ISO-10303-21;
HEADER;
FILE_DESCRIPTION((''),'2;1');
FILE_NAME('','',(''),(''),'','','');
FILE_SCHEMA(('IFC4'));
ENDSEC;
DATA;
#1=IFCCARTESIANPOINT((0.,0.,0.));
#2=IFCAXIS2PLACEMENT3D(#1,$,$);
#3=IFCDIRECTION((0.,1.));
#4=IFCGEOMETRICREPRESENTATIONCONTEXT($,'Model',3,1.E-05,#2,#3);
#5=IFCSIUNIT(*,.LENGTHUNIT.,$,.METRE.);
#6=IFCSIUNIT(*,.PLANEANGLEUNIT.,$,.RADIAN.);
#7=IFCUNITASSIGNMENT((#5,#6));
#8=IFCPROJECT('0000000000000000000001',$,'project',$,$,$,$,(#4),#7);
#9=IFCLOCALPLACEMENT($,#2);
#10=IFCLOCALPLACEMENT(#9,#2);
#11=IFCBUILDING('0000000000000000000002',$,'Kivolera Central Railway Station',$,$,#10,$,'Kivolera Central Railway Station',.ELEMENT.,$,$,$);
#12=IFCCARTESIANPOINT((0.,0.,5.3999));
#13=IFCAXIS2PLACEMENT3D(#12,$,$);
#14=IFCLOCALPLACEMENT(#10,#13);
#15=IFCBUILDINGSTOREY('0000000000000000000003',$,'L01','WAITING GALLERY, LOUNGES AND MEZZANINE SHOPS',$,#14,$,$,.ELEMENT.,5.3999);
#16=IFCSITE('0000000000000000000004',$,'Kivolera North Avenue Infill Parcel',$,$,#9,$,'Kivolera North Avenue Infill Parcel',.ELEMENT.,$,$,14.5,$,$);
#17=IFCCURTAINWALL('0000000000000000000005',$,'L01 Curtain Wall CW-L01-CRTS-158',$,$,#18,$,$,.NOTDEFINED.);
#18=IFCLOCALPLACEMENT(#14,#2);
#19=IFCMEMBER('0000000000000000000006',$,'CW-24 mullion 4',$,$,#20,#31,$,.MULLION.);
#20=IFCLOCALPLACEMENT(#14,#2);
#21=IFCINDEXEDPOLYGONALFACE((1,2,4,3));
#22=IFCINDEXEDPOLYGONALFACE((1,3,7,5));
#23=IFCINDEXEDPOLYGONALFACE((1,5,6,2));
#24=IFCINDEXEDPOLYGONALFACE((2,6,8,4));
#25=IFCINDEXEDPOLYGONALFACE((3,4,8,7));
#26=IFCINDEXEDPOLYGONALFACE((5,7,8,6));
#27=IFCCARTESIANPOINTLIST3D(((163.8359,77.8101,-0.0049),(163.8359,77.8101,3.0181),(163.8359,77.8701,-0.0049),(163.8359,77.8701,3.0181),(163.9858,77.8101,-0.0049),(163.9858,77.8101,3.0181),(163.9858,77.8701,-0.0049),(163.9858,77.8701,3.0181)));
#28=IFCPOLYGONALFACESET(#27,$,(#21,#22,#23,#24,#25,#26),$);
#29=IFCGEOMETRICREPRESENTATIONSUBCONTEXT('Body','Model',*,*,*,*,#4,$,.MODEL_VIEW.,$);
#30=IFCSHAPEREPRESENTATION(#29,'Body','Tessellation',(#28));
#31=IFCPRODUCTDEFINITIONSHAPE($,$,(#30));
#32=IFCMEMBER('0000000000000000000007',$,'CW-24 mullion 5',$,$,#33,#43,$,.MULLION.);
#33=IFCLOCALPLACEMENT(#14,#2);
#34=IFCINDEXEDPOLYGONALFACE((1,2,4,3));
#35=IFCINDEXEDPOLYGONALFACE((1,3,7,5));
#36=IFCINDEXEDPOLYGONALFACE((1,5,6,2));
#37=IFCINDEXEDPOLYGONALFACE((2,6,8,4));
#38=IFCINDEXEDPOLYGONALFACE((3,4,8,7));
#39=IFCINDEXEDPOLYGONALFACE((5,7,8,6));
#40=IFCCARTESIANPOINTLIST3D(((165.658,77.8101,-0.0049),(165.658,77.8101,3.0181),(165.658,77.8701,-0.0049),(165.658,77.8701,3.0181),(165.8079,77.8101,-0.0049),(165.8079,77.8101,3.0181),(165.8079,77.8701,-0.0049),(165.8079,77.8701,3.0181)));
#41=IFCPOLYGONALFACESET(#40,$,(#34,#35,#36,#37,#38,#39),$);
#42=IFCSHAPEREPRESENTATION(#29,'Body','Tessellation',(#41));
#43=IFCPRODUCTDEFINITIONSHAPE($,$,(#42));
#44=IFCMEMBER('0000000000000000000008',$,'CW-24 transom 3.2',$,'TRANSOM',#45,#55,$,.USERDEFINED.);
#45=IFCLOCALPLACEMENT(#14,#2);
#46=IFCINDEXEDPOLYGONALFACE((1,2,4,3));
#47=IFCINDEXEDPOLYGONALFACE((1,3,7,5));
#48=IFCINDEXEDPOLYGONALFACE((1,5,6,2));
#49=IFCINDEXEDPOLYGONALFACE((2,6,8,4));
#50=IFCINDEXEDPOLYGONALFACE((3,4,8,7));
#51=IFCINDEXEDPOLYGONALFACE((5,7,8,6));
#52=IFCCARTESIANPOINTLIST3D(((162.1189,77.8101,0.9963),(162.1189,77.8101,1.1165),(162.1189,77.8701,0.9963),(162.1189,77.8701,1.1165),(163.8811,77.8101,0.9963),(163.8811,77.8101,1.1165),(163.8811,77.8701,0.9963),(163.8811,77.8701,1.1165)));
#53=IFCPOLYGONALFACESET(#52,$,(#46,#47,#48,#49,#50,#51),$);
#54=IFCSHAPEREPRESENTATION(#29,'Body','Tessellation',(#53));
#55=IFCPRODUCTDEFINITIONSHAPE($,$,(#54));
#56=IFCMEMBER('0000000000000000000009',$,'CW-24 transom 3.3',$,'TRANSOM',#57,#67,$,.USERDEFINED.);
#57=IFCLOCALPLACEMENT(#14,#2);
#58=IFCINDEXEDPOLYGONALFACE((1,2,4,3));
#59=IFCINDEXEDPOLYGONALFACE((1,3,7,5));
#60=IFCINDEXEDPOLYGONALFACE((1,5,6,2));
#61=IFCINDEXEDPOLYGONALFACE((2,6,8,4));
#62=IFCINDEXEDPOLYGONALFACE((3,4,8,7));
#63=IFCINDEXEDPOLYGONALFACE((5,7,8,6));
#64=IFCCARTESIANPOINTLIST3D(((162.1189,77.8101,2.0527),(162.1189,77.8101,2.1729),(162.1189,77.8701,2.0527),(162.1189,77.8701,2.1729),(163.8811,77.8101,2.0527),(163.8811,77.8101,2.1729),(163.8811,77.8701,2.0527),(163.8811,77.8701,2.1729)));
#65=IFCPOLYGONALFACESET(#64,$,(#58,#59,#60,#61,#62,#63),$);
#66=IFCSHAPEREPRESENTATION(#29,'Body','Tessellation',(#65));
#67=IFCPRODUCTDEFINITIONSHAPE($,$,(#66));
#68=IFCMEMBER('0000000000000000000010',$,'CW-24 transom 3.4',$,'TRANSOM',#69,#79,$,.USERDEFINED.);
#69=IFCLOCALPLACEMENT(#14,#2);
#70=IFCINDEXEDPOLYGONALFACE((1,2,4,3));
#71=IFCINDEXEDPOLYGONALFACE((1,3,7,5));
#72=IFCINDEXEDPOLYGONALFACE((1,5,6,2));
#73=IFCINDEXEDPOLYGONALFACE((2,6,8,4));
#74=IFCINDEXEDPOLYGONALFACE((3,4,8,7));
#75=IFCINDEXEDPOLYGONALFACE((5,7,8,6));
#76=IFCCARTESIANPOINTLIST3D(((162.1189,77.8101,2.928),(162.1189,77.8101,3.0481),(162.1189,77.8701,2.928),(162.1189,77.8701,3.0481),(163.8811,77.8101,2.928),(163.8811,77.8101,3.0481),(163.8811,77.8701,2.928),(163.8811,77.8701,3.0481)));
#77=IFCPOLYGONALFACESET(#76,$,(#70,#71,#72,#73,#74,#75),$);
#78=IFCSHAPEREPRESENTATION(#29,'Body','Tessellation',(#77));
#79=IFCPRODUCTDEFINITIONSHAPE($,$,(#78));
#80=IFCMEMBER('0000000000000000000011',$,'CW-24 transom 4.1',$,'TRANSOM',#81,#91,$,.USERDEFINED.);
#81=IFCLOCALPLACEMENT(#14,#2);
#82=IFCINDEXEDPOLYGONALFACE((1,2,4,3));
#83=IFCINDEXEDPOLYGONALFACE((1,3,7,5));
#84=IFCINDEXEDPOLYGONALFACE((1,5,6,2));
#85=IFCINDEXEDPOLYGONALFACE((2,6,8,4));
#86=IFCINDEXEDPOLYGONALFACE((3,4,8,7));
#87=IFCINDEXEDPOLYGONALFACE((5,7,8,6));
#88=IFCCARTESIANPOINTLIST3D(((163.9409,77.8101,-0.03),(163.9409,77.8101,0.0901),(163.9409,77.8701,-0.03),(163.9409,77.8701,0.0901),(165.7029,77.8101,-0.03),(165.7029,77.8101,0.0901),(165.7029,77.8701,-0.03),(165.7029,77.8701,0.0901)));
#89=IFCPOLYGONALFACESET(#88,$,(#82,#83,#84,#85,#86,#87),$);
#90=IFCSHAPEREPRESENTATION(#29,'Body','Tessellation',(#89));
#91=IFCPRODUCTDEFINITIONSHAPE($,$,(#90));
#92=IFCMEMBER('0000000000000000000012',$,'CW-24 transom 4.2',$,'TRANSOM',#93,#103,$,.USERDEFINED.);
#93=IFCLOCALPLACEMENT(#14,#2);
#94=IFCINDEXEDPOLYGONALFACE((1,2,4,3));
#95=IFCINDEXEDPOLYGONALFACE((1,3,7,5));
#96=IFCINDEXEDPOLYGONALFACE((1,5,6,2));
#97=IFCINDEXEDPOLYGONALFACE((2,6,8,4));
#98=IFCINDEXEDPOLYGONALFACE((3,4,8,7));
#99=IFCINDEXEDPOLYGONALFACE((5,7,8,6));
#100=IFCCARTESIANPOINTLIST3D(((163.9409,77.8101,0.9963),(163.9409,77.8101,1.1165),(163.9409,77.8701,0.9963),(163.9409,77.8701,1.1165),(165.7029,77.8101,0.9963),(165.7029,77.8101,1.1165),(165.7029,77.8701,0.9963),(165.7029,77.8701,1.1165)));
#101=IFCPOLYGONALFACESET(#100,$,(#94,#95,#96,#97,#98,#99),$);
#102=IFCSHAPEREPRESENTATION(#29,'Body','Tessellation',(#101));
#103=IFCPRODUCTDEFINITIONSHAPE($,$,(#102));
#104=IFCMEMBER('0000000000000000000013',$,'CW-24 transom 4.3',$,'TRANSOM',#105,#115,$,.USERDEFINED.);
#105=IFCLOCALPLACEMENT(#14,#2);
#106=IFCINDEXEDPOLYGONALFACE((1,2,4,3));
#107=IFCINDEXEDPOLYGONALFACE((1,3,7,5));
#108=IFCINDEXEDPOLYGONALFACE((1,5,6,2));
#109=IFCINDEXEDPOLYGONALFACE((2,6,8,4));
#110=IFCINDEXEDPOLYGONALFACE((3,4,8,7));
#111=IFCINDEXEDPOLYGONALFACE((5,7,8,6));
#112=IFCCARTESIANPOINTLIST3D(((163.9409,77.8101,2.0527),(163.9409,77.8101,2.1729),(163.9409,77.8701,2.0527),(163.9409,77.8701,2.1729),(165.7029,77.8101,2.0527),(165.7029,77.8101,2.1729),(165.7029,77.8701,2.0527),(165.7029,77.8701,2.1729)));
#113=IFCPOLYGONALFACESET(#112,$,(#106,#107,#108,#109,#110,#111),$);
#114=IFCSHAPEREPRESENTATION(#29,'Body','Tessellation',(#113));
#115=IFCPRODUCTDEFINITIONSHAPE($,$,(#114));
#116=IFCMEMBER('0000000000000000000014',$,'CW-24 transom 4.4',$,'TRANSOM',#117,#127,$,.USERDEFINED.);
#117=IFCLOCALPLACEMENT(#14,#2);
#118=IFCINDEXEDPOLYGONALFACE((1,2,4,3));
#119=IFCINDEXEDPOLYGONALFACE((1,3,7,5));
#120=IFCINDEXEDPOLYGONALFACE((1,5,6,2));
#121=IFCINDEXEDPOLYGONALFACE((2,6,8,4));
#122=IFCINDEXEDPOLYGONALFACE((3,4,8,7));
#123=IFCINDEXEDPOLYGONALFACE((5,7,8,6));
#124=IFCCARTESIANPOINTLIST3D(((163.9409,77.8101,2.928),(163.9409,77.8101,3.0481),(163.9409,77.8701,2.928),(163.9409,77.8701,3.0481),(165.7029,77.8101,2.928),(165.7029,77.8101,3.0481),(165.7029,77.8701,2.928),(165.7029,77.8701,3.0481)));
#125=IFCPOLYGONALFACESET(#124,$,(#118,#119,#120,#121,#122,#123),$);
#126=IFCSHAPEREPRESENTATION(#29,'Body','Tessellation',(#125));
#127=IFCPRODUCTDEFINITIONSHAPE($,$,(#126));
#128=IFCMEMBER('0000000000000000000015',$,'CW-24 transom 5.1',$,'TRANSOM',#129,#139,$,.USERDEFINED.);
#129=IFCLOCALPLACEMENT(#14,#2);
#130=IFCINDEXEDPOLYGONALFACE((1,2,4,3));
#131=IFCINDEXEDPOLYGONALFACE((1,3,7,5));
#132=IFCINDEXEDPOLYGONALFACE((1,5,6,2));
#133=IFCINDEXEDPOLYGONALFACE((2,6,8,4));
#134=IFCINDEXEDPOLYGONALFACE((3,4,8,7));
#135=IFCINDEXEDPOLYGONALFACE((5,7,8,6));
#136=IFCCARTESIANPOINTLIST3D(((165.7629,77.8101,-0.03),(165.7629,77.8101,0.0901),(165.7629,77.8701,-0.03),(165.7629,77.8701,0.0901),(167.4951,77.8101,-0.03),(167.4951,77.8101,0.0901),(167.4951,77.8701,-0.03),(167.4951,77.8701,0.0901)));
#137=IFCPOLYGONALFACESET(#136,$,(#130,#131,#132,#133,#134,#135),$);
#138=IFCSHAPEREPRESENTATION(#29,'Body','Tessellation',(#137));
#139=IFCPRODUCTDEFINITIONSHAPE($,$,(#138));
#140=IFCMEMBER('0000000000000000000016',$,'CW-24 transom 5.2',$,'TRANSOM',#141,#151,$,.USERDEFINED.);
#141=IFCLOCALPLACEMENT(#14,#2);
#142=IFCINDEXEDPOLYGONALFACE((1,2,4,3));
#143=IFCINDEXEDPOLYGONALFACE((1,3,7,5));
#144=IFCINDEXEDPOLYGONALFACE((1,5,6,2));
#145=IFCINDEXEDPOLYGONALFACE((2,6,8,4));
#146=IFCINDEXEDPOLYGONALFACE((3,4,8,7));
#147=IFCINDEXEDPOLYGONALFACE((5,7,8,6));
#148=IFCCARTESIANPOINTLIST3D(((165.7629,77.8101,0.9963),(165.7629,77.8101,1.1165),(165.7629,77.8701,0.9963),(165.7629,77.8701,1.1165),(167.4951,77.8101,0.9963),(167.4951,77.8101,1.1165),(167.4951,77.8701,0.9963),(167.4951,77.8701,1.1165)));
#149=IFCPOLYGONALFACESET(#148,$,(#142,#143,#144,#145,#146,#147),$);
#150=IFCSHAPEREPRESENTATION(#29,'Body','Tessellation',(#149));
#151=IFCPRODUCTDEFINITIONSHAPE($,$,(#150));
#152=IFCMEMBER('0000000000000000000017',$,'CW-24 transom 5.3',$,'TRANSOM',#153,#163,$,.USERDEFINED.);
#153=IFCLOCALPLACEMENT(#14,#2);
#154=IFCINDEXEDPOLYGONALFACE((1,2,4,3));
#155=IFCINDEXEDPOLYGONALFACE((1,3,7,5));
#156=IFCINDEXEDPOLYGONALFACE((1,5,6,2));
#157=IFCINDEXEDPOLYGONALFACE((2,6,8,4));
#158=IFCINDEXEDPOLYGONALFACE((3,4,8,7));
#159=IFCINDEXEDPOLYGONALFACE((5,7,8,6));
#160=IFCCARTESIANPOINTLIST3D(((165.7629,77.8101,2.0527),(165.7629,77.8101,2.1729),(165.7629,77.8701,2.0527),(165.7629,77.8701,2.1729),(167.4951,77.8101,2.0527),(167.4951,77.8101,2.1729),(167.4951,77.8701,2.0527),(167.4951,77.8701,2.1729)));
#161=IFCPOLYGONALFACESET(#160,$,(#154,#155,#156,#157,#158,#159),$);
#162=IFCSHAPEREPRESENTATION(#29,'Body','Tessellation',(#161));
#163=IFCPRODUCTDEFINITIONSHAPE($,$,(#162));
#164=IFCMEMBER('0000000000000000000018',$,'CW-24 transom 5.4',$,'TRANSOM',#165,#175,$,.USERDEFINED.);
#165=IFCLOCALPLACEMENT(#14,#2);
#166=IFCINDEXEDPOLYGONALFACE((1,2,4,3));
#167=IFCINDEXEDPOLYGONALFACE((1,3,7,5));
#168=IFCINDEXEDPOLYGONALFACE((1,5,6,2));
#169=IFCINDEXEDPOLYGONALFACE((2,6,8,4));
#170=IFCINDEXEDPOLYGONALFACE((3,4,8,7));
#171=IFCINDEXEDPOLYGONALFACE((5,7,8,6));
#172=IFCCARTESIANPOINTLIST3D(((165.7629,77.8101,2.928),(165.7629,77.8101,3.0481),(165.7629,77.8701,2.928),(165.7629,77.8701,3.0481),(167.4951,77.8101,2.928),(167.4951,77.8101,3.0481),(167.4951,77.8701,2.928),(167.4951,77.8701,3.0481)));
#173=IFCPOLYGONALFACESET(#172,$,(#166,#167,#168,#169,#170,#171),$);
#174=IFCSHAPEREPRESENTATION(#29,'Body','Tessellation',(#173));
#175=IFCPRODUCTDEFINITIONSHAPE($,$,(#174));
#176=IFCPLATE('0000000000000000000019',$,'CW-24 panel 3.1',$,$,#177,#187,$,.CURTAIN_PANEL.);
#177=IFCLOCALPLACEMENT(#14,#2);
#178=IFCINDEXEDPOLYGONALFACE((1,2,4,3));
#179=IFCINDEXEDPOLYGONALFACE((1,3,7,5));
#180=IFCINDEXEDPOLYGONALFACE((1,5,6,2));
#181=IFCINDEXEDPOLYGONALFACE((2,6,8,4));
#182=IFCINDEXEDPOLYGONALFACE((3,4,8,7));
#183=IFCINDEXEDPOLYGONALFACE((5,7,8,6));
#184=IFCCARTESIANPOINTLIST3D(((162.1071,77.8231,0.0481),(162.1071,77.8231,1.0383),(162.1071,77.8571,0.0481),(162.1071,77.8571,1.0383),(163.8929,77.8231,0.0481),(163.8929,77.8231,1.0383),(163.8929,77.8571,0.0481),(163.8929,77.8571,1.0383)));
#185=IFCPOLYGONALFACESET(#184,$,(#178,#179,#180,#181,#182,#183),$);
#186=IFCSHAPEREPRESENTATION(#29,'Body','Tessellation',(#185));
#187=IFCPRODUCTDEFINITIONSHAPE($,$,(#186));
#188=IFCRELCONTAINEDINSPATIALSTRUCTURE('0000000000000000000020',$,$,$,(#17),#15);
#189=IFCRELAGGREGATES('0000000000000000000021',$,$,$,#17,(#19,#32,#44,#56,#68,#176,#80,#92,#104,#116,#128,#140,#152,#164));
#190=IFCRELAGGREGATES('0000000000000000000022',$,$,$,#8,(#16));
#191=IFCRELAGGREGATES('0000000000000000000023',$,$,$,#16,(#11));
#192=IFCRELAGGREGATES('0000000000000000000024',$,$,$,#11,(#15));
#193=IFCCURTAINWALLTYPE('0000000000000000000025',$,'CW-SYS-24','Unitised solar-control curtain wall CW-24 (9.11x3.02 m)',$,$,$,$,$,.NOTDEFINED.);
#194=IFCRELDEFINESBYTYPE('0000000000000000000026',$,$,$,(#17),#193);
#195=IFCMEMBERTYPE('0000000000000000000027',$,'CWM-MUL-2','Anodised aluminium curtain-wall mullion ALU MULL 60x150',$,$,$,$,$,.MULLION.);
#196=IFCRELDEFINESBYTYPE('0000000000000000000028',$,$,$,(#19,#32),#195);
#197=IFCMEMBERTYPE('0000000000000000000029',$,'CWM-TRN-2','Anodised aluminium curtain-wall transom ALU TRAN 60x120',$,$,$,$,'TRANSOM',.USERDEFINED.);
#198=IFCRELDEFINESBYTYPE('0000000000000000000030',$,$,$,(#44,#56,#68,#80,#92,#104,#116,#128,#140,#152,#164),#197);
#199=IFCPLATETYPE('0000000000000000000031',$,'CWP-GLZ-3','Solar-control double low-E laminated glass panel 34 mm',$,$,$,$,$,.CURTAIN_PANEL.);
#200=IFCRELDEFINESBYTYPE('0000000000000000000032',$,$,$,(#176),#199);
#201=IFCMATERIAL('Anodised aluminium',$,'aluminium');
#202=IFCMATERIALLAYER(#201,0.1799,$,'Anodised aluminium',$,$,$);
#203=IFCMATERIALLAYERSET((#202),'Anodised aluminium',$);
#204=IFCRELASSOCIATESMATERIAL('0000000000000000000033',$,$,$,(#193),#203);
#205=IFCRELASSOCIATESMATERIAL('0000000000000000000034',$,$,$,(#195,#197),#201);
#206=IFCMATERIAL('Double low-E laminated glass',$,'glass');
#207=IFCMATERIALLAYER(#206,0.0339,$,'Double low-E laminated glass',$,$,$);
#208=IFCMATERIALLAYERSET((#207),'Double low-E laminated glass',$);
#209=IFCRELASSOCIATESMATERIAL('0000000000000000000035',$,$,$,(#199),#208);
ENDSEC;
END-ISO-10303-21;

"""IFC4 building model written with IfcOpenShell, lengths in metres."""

from ifc_helpers import new_model, si_unit, direction, frame, origin, origin_2d, place, context, subcontext, project, spatial, rectangle, extrude, material, layer, layer_set, material_profile, profile_set, type_object, element, aggregate, save


model = new_model("IFC4")

# Units and contexts
model_context = context("Model", 3, precision=1e-05, world=origin(), true_north=direction((0.0, 1.0)))
body_context = subcontext(model_context, "Body", "Model", "MODEL_VIEW")
ifc_project = project(units=[si_unit("LENGTHUNIT", "METRE"), si_unit("PLANEANGLEUNIT", "RADIAN")], contexts=[model_context])

# Site, building, storey
site_placement = place(None, origin())
site = spatial("IfcSite", under=ifc_project, at=site_placement, Name="Kivolera North Avenue Infill Parcel", LongName="Kivolera North Avenue Infill Parcel", CompositionType="ELEMENT", RefElevation=14.5)
building_placement = place(site_placement, origin())
building = spatial("IfcBuilding", under=site, at=building_placement, Name="Kivolera Central Railway Station", LongName="Kivolera Central Railway Station", CompositionType="ELEMENT")
storey_placement = place(building_placement, frame((0.0, 0.0, 5.3999)))
storey = spatial("IfcBuildingStorey", under=building, at=storey_placement, Name="L01", Description="WAITING GALLERY, LOUNGES AND MEZZANINE SHOPS", CompositionType="ELEMENT", Elevation=5.3999)

# Curtain wall, members, plate
ifc_material_1 = material(Name="Anodised aluminium", Category="aluminium")
ifc_layer_1 = layer(ifc_material_1, 0.1799, Name="Anodised aluminium")
ifc_layer_set_1 = layer_set([ifc_layer_1], Name="Anodised aluminium")
curtain_wall_type = type_object("IfcCurtainWallType", Name="CW-SYS-24", Description="Unitised solar-control curtain wall CW-24 (9.11x3.02 m)", PredefinedType="NOTDEFINED", material=ifc_layer_set_1)
curtain_wall_placement = place(storey_placement, origin())
curtain_wall = element("IfcCurtainWall", 1, at=curtain_wall_placement, inside=storey, type_object=curtain_wall_type, Name="L01 Curtain Wall CW-L01-CRTS-158", PredefinedType="NOTDEFINED")
ifc_material_profile_1 = material_profile(ifc_material_1, rectangle(XDim=0.0601, YDim=0.1499, at=origin_2d()), Name="ALU MULL 60x150")
ifc_profile_set_1 = profile_set([ifc_material_profile_1], Name="Anodised aluminium")
member_type_1 = type_object("IfcMemberType", Name="CWM-MUL-2", Description="Anodised aluminium curtain-wall mullion ALU MULL 60x150", PredefinedType="MULLION", material=ifc_profile_set_1)
member_1_placement = place(storey_placement, frame((163.9109, 77.8401, -0.0049), z_axis=(0.0, 0.0, 1.0), x_axis=(0.0, 1.0, 0.0)))
member_1 = element("IfcMember", 2, at=member_1_placement, type_object=member_type_1, Name="CW-24 mullion 4", PredefinedType="MULLION", context=body_context, shape_type="SweptSolid", body=[
    extrude(rectangle(XDim=0.0601, YDim=0.1499, at=origin_2d()), origin(), (0.0, 0.0, 1.0), 3.0229),
])
member_2_placement = place(storey_placement, frame((165.7329, 77.8401, -0.0049), z_axis=(0.0, 0.0, 1.0), x_axis=(0.0, 1.0, 0.0)))
member_2 = element("IfcMember", 3, at=member_2_placement, type_object=member_type_1, Name="CW-24 mullion 5", PredefinedType="MULLION", context=body_context, shape_type="SweptSolid", body=[
    extrude(rectangle(XDim=0.0601, YDim=0.1499, at=origin_2d()), origin(), (0.0, 0.0, 1.0), 3.0229),
])
ifc_material_profile_2 = material_profile(ifc_material_1, rectangle(XDim=0.0601, YDim=0.1201, at=origin_2d()), Name="ALU TRAN 60x120")
ifc_profile_set_2 = profile_set([ifc_material_profile_2], Name="Anodised aluminium")
member_type_2 = type_object("IfcMemberType", Name="CWM-TRN-2", Description="Anodised aluminium curtain-wall transom ALU TRAN 60x120", ElementType="TRANSOM", PredefinedType="USERDEFINED", material=ifc_profile_set_2)
member_3_placement = place(storey_placement, frame((162.1189, 77.8401, 1.0564), z_axis=(1.0, 0.0, 0.0), x_axis=(0.0, 1.0, 0.0)))
member_3 = element("IfcMember", 4, at=member_3_placement, type_object=member_type_2, Name="CW-24 transom 3.2", ObjectType="TRANSOM", PredefinedType="USERDEFINED", context=body_context, shape_type="SweptSolid", body=[
    extrude(rectangle(XDim=0.0601, YDim=0.1201, at=origin_2d()), origin(), (0.0, 0.0, 1.0), 1.7622),
])
member_4_placement = place(storey_placement, frame((162.1189, 77.8401, 2.1128), z_axis=(1.0, 0.0, 0.0), x_axis=(0.0, 1.0, 0.0)))
member_4 = element("IfcMember", 5, at=member_4_placement, type_object=member_type_2, Name="CW-24 transom 3.3", ObjectType="TRANSOM", PredefinedType="USERDEFINED", context=body_context, shape_type="SweptSolid", body=[
    extrude(rectangle(XDim=0.0601, YDim=0.1201, at=origin_2d()), origin(), (0.0, 0.0, 1.0), 1.7622),
])
member_5_placement = place(storey_placement, frame((162.1189, 77.8401, 2.988), z_axis=(1.0, 0.0, 0.0), x_axis=(0.0, 1.0, 0.0)))
member_5 = element("IfcMember", 6, at=member_5_placement, type_object=member_type_2, Name="CW-24 transom 3.4", ObjectType="TRANSOM", PredefinedType="USERDEFINED", context=body_context, shape_type="SweptSolid", body=[
    extrude(rectangle(XDim=0.0601, YDim=0.1201, at=origin_2d()), origin(), (0.0, 0.0, 1.0), 1.7622),
])
member_6_placement = place(storey_placement, frame((163.9409, 77.8401, 0.03), z_axis=(1.0, 0.0, 0.0), x_axis=(0.0, 1.0, 0.0)))
member_6 = element("IfcMember", 7, at=member_6_placement, type_object=member_type_2, Name="CW-24 transom 4.1", ObjectType="TRANSOM", PredefinedType="USERDEFINED", context=body_context, shape_type="SweptSolid", body=[
    extrude(rectangle(XDim=0.0601, YDim=0.1201, at=origin_2d()), origin(), (0.0, 0.0, 1.0), 1.762),
])
member_7_placement = place(storey_placement, frame((163.9409, 77.8401, 1.0564), z_axis=(1.0, 0.0, 0.0), x_axis=(0.0, 1.0, 0.0)))
member_7 = element("IfcMember", 8, at=member_7_placement, type_object=member_type_2, Name="CW-24 transom 4.2", ObjectType="TRANSOM", PredefinedType="USERDEFINED", context=body_context, shape_type="SweptSolid", body=[
    extrude(rectangle(XDim=0.0601, YDim=0.1201, at=origin_2d()), origin(), (0.0, 0.0, 1.0), 1.762),
])
member_8_placement = place(storey_placement, frame((163.9409, 77.8401, 2.1128), z_axis=(1.0, 0.0, 0.0), x_axis=(0.0, 1.0, 0.0)))
member_8 = element("IfcMember", 9, at=member_8_placement, type_object=member_type_2, Name="CW-24 transom 4.3", ObjectType="TRANSOM", PredefinedType="USERDEFINED", context=body_context, shape_type="SweptSolid", body=[
    extrude(rectangle(XDim=0.0601, YDim=0.1201, at=origin_2d()), origin(), (0.0, 0.0, 1.0), 1.762),
])
member_9_placement = place(storey_placement, frame((163.9409, 77.8401, 2.988), z_axis=(1.0, 0.0, 0.0), x_axis=(0.0, 1.0, 0.0)))
member_9 = element("IfcMember", 10, at=member_9_placement, type_object=member_type_2, Name="CW-24 transom 4.4", ObjectType="TRANSOM", PredefinedType="USERDEFINED", context=body_context, shape_type="SweptSolid", body=[
    extrude(rectangle(XDim=0.0601, YDim=0.1201, at=origin_2d()), origin(), (0.0, 0.0, 1.0), 1.762),
])
member_10_placement = place(storey_placement, frame((165.7629, 77.8401, 0.03), z_axis=(1.0, 0.0, 0.0), x_axis=(0.0, 1.0, 0.0)))
member_10 = element("IfcMember", 11, at=member_10_placement, type_object=member_type_2, Name="CW-24 transom 5.1", ObjectType="TRANSOM", PredefinedType="USERDEFINED", context=body_context, shape_type="SweptSolid", body=[
    extrude(rectangle(XDim=0.0601, YDim=0.1201, at=origin_2d()), origin(), (0.0, 0.0, 1.0), 1.7322),
])
member_11_placement = place(storey_placement, frame((165.7629, 77.8401, 1.0564), z_axis=(1.0, 0.0, 0.0), x_axis=(0.0, 1.0, 0.0)))
member_11 = element("IfcMember", 12, at=member_11_placement, type_object=member_type_2, Name="CW-24 transom 5.2", ObjectType="TRANSOM", PredefinedType="USERDEFINED", context=body_context, shape_type="SweptSolid", body=[
    extrude(rectangle(XDim=0.0601, YDim=0.1201, at=origin_2d()), origin(), (0.0, 0.0, 1.0), 1.7322),
])
member_12_placement = place(storey_placement, frame((165.7629, 77.8401, 2.1128), z_axis=(1.0, 0.0, 0.0), x_axis=(0.0, 1.0, 0.0)))
member_12 = element("IfcMember", 13, at=member_12_placement, type_object=member_type_2, Name="CW-24 transom 5.3", ObjectType="TRANSOM", PredefinedType="USERDEFINED", context=body_context, shape_type="SweptSolid", body=[
    extrude(rectangle(XDim=0.0601, YDim=0.1201, at=origin_2d()), origin(), (0.0, 0.0, 1.0), 1.7322),
])
member_13_placement = place(storey_placement, frame((165.7629, 77.8401, 2.988), z_axis=(1.0, 0.0, 0.0), x_axis=(0.0, 1.0, 0.0)))
member_13 = element("IfcMember", 14, at=member_13_placement, type_object=member_type_2, Name="CW-24 transom 5.4", ObjectType="TRANSOM", PredefinedType="USERDEFINED", context=body_context, shape_type="SweptSolid", body=[
    extrude(rectangle(XDim=0.0601, YDim=0.1201, at=origin_2d()), origin(), (0.0, 0.0, 1.0), 1.7322),
])
ifc_material_2 = material(Name="Double low-E laminated glass", Category="glass")
ifc_layer_2 = layer(ifc_material_2, 0.0339, Name="Double low-E laminated glass")
ifc_layer_set_2 = layer_set([ifc_layer_2], Name="Double low-E laminated glass")
plate_type = type_object("IfcPlateType", Name="CWP-GLZ-3", Description="Solar-control double low-E laminated glass panel 34 mm", PredefinedType="CURTAIN_PANEL", material=ifc_layer_set_2)
plate_1_placement = place(storey_placement, frame((163.0, 77.8401, 0.0481), z_axis=(0.0, 0.0, 1.0), x_axis=(1.0, 0.0, 0.0)))
plate_1 = element("IfcPlate", 15, at=plate_1_placement, type_object=plate_type, Name="CW-24 panel 3.1", PredefinedType="CURTAIN_PANEL", context=body_context, shape_type="SweptSolid", body=[
    extrude(rectangle(XDim=1.7859, YDim=0.0339, at=origin_2d()), origin(), (0.0, 0.0, 1.0), 0.9902),
])
aggregate(curtain_wall, [member_1, member_2, member_3, member_4, member_5, plate_1, member_6, member_7, member_8, member_9, member_10, member_11, member_12, member_13])

save(model, "model.ifc")
